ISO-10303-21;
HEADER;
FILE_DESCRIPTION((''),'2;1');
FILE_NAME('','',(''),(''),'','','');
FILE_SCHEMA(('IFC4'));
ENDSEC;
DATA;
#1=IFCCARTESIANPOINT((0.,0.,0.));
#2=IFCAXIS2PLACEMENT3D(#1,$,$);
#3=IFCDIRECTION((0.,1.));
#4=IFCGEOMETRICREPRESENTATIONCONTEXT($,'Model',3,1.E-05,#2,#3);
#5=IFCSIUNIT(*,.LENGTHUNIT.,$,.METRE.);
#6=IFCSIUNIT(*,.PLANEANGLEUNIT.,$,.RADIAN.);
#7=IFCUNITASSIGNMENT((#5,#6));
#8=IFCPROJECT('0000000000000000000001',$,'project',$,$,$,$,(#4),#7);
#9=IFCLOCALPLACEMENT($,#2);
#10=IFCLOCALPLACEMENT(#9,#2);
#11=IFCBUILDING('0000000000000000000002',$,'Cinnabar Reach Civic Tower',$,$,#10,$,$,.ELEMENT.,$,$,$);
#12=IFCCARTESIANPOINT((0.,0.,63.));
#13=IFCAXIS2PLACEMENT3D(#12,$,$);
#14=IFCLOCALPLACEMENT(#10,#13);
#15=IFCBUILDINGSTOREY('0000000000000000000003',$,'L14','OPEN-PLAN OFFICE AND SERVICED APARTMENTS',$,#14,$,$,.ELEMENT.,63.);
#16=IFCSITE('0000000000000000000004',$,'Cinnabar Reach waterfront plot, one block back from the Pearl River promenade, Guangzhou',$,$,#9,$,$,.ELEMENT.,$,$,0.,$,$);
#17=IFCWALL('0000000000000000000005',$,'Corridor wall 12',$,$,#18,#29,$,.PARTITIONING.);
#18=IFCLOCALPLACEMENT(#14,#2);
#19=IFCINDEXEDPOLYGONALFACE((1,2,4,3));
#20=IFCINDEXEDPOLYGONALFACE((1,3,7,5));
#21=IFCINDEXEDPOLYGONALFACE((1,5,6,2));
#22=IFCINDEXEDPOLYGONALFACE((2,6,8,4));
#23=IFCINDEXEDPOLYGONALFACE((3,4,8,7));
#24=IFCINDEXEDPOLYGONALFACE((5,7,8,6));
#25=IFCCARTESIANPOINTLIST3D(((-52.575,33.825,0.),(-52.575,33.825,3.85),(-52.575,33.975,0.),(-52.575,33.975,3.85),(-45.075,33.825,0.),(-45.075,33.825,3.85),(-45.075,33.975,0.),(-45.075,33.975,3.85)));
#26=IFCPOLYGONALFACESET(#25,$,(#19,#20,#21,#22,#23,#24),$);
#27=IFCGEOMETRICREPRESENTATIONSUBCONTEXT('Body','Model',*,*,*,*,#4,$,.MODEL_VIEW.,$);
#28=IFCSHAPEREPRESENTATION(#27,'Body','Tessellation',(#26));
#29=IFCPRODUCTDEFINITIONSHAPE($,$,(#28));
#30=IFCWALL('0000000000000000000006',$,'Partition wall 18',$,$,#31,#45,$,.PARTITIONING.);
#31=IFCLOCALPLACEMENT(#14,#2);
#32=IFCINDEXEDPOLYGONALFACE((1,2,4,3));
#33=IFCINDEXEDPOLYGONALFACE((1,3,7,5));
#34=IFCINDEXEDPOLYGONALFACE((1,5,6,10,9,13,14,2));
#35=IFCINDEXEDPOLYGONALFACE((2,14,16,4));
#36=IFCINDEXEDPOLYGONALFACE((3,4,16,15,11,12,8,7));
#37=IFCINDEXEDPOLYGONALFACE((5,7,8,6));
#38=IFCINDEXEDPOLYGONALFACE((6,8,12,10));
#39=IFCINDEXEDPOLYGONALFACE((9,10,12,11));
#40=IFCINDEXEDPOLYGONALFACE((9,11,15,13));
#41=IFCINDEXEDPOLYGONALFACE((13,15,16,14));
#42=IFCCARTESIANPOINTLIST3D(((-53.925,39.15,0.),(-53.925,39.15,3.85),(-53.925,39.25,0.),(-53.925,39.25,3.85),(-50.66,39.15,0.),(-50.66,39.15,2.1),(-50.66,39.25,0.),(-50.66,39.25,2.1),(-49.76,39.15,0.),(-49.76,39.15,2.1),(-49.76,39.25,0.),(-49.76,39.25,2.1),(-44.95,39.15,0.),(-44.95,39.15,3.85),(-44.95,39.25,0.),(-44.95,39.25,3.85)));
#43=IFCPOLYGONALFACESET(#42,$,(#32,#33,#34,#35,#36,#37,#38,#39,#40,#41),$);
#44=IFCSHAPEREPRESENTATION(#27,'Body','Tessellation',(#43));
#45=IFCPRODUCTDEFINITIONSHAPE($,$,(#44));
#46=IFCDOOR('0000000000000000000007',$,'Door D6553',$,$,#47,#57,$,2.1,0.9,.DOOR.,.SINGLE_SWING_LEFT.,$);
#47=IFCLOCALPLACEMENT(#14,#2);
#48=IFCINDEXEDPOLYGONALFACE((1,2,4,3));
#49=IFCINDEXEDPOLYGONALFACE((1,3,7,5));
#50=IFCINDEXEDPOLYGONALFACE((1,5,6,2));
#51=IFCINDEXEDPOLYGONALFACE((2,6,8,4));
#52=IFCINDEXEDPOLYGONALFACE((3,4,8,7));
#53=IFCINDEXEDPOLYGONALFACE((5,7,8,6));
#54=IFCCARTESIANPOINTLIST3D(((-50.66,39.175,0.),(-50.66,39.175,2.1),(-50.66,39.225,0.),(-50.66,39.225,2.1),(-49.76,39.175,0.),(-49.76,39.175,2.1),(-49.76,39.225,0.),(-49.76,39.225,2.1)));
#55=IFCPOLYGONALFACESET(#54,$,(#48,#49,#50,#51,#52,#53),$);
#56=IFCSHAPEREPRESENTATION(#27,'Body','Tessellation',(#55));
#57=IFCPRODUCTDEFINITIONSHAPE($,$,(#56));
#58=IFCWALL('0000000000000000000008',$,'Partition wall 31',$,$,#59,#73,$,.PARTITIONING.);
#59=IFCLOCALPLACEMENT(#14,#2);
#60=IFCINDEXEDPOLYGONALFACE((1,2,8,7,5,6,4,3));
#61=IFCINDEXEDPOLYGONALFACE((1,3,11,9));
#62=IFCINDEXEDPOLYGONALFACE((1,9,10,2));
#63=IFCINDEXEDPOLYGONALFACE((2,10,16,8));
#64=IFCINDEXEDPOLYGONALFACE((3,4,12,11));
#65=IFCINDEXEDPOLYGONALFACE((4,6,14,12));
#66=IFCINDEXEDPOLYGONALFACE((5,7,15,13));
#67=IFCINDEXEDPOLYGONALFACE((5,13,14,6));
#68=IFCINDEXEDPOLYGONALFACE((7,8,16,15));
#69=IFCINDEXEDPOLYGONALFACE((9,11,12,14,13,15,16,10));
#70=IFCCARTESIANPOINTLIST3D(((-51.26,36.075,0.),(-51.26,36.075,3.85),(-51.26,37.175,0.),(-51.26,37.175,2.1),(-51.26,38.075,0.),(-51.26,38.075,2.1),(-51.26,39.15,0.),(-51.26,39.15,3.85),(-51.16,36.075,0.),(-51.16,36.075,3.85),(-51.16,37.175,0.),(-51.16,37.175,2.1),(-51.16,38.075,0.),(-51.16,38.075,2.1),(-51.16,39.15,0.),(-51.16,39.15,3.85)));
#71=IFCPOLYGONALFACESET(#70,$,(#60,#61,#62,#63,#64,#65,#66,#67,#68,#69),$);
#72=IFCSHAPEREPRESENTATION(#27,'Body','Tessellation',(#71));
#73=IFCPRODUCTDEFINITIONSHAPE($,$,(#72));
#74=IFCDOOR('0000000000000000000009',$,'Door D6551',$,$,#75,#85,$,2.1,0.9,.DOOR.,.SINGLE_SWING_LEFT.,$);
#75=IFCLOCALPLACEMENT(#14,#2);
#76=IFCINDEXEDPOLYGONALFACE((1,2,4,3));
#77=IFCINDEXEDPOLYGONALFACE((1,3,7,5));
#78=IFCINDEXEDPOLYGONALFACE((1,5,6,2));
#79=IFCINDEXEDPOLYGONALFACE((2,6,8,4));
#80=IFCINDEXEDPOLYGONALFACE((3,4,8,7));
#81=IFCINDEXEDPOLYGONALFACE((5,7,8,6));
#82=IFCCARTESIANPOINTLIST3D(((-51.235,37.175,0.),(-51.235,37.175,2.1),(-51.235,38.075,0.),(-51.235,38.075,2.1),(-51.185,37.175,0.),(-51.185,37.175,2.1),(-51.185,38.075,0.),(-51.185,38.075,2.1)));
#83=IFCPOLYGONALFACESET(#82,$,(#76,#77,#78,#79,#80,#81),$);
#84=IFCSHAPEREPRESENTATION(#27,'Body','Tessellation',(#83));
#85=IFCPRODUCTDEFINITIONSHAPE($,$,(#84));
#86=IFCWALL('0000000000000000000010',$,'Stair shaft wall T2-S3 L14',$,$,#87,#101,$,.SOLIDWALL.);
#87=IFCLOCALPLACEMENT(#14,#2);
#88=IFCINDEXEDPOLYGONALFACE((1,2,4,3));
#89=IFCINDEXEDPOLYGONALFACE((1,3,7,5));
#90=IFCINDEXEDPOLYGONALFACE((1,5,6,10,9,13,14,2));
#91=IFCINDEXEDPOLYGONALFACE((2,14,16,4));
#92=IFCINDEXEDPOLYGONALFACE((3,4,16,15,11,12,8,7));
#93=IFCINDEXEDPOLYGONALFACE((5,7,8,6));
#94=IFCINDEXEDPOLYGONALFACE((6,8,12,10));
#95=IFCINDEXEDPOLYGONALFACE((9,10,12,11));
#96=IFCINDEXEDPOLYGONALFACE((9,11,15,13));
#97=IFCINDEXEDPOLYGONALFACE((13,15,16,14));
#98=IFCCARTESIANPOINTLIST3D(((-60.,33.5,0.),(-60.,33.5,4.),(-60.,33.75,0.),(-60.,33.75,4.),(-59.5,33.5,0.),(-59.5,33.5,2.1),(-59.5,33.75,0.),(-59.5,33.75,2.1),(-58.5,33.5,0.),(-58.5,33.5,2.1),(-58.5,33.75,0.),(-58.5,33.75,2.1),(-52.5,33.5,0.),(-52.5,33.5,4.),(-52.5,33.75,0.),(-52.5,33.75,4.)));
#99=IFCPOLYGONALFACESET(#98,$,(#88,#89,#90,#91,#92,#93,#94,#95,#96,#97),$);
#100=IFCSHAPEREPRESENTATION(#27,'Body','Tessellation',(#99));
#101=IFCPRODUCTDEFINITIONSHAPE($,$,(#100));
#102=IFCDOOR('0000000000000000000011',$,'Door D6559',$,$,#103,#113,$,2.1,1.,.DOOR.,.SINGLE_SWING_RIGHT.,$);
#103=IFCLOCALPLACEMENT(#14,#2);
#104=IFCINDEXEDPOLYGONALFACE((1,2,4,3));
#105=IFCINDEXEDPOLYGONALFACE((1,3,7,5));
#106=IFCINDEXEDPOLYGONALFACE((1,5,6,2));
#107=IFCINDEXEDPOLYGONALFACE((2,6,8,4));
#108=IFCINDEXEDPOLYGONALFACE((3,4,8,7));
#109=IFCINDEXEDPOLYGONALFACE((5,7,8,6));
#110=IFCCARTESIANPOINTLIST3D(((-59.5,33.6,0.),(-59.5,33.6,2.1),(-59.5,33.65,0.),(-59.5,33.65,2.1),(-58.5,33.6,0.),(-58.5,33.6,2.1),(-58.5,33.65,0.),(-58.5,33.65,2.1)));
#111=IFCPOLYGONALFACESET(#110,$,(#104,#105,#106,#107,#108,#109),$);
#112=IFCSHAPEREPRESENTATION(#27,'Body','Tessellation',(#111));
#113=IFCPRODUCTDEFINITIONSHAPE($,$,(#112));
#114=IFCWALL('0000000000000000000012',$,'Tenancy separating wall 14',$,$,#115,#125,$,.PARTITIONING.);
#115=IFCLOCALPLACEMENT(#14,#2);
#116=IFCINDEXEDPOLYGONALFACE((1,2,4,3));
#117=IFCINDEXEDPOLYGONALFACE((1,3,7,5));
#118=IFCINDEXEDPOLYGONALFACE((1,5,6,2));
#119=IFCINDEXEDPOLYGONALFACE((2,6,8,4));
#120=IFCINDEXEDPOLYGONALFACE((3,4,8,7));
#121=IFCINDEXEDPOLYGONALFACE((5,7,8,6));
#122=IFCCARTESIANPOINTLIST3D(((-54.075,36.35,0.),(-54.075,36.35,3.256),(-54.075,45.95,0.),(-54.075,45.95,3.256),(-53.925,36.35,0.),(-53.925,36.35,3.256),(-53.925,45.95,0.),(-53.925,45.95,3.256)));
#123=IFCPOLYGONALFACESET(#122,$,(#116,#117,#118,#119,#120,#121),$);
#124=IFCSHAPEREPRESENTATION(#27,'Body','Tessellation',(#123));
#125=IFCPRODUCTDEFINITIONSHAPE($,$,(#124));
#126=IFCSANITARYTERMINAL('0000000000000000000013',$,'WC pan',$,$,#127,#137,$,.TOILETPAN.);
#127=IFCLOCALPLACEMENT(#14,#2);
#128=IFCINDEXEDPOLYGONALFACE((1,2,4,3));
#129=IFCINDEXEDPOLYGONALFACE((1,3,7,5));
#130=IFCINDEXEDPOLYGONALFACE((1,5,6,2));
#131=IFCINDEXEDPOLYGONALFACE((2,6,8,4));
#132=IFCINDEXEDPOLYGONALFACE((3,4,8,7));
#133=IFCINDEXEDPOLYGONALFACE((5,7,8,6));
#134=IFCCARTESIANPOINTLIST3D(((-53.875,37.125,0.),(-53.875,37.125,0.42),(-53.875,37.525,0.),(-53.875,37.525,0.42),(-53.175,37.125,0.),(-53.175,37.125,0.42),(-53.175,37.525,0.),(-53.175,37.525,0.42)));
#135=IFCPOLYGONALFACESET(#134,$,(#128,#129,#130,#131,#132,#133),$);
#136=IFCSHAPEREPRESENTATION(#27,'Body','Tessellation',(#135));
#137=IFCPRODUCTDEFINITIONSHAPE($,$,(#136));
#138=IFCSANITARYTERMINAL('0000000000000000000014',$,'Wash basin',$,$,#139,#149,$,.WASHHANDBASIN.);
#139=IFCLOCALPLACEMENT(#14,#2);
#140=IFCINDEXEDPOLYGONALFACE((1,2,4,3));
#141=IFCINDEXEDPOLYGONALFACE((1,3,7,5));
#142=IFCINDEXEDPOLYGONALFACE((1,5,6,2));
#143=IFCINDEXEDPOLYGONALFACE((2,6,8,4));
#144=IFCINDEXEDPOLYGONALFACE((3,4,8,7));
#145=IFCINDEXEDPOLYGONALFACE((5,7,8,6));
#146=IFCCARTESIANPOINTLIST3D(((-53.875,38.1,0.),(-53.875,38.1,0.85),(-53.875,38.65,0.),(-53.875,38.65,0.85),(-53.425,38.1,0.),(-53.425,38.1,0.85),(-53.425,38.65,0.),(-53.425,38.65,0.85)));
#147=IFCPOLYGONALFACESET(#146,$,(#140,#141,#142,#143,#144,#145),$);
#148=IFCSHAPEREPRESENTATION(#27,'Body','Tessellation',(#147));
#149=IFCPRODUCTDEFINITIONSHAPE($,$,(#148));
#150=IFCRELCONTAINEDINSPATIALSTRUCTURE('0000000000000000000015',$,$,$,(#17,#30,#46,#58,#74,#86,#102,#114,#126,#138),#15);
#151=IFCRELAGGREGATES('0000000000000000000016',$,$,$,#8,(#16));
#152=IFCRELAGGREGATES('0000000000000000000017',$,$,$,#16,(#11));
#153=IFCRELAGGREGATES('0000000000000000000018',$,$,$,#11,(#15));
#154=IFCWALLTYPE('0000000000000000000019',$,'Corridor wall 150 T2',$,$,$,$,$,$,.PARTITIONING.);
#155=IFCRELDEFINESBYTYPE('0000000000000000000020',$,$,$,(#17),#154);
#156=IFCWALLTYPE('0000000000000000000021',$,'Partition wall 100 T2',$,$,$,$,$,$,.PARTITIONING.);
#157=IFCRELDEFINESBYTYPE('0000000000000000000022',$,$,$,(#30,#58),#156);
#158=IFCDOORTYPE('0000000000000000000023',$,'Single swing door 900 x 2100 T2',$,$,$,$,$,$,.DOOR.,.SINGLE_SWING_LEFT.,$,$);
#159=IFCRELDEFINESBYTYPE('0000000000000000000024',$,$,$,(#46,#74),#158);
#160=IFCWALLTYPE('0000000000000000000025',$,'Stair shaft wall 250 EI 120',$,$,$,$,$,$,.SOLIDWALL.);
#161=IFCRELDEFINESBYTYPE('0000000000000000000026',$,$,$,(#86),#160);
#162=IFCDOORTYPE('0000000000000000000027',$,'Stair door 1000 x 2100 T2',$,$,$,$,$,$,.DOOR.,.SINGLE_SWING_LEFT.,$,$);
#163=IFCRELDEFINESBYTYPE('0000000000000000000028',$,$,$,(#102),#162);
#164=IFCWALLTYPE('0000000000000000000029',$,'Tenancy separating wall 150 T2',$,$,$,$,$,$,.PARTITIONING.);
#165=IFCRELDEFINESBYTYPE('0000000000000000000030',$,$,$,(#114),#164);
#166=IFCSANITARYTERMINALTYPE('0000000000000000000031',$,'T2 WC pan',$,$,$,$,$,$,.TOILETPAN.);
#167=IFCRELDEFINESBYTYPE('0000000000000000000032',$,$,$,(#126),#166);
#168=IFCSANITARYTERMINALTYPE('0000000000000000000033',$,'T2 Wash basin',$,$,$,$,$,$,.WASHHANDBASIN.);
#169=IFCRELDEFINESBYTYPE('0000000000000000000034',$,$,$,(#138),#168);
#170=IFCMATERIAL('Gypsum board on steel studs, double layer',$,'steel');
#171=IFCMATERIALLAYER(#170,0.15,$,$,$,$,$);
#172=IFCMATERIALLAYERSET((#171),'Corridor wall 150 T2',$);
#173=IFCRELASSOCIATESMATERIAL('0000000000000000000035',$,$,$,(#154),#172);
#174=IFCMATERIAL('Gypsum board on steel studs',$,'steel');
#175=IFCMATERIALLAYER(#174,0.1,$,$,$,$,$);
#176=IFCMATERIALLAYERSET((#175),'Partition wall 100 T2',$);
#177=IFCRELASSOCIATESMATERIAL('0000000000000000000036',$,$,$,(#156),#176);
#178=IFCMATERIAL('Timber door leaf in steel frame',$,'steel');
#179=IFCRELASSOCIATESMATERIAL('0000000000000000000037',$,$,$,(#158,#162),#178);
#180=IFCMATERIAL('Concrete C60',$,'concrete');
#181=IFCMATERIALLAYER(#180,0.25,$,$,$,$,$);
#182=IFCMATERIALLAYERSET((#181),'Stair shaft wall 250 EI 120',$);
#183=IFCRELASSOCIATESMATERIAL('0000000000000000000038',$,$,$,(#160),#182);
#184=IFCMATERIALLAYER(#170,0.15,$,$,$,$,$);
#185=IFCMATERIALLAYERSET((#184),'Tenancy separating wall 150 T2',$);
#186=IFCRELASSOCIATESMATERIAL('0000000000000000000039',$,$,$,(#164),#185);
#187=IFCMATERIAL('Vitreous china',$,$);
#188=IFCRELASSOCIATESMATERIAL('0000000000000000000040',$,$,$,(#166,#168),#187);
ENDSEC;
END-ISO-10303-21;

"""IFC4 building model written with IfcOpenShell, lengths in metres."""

from ifc_helpers import new_model, si_unit, direction, frame, frame_2d, origin, origin_2d, place, context, subcontext, project, spatial, rectangle, extrude, material, layer, layer_set, type_object, element, fill, save


model = new_model("IFC4")

# Units and contexts
model_context = context("Model", 3, precision=1e-05, world=origin(), true_north=direction((0.0, 1.0)))
body_context = subcontext(model_context, "Body", "Model", "MODEL_VIEW")
ifc_project = project(units=[si_unit("LENGTHUNIT", "METRE"), si_unit("PLANEANGLEUNIT", "RADIAN")], contexts=[model_context])

# Site, building, storey
site_placement = place(None, origin())
site = spatial("IfcSite", under=ifc_project, at=site_placement, Name="Cinnabar Reach waterfront plot, one block back from the Pearl River promenade, Guangzhou", CompositionType="ELEMENT", RefElevation=0.0)
building_placement = place(site_placement, origin())
building = spatial("IfcBuilding", under=site, at=building_placement, Name="Cinnabar Reach Civic Tower", CompositionType="ELEMENT")
storey_placement = place(building_placement, frame((0.0, 0.0, 63.0)))
storey = spatial("IfcBuildingStorey", under=building, at=storey_placement, Name="L14", Description="OPEN-PLAN OFFICE AND SERVICED APARTMENTS", CompositionType="ELEMENT", Elevation=63.0)

# Shared definitions
ifc_material_1 = material(Name="Concrete C60", Category="concrete")

# Shared definitions
ifc_material_2 = material(Name="Gypsum board on steel studs, double layer", Category="steel")
ifc_layer_1 = layer(ifc_material_2, 0.15)
ifc_layer_set_1 = layer_set([ifc_layer_1], Name="Corridor wall 150 T2")
wall_type_1 = type_object("IfcWallType", Name="Corridor wall 150 T2", PredefinedType="PARTITIONING", material=ifc_layer_set_1)
ifc_material_3 = material(Name="Timber door leaf in steel frame", Category="steel")

# Wall
wall_1_placement = place(storey_placement, frame((-52.575, 33.9, 0.0), z_axis=(0.0, 0.0, 1.0), x_axis=(1.0, 0.0, 0.0)))
element("IfcWall", 1, at=wall_1_placement, inside=storey, type_object=wall_type_1, Name="Corridor wall 12", PredefinedType="PARTITIONING", context=body_context, shape_type="SweptSolid", body=[
    extrude(rectangle(XDim=7.5, YDim=0.15, at=frame_2d((3.75, 0.0))), origin(), (0.0, 0.0, 1.0), 3.85),
])

# Walls, openings, doors
ifc_material_4 = material(Name="Gypsum board on steel studs", Category="steel")
ifc_layer_2 = layer(ifc_material_4, 0.1)
ifc_layer_set_2 = layer_set([ifc_layer_2], Name="Partition wall 100 T2")
wall_type_2 = type_object("IfcWallType", Name="Partition wall 100 T2", PredefinedType="PARTITIONING", material=ifc_layer_set_2)
wall_2_placement = place(storey_placement, frame((-53.925, 39.2, 0.0), z_axis=(0.0, 0.0, 1.0), x_axis=(1.0, 0.0, 0.0)))
wall_2 = element("IfcWall", 2, at=wall_2_placement, inside=storey, type_object=wall_type_2, Name="Partition wall 18", PredefinedType="PARTITIONING", context=body_context, shape_type="SweptSolid", body=[
    extrude(rectangle(XDim=8.975, YDim=0.1, at=frame_2d((4.4875, 0.0))), origin(), (0.0, 0.0, 1.0), 3.85),
])
opening_1_placement = place(wall_2_placement, frame((3.265, 0.0, 0.0)))
opening_1 = element("IfcOpeningElement", 3, at=opening_1_placement, cuts=wall_2, PredefinedType="OPENING", context=body_context, shape_type="SweptSolid", body=[
    extrude(rectangle(XDim=0.9, YDim=2.1, at=frame_2d((0.45, 1.05))), frame((0.0, 0.06, 0.0), z_axis=(0.0, -1.0, 0.0), x_axis=(1.0, 0.0, 0.0)), (0.0, 0.0, 1.0), 0.12),
])
door_type_1 = type_object("IfcDoorType", Name="Single swing door 900 x 2100 T2", OperationType="SINGLE_SWING_LEFT", PredefinedType="DOOR", material=ifc_material_3)
door_1_placement = place(opening_1_placement, frame((0.9, 0.0, 0.0), z_axis=(0.0, 0.0, 1.0), x_axis=(-1.0, 0.0, 0.0)))
door_1 = element("IfcDoor", 4, at=door_1_placement, inside=storey, type_object=door_type_1, Name="Door D6553", OperationType="SINGLE_SWING_LEFT", OverallHeight=2.1, OverallWidth=0.9, PredefinedType="DOOR", context=body_context, shape_type="SweptSolid", body=[
    extrude(rectangle(XDim=0.9, YDim=2.1, at=frame_2d((0.45, 1.05))), frame((0.0, 0.025, 0.0), z_axis=(0.0, -1.0, 0.0), x_axis=(1.0, 0.0, 0.0)), (0.0, 0.0, 1.0), 0.05),
])
fill(opening_1, door_1)
wall_3_placement = place(storey_placement, frame((-51.21, 36.075, 0.0), z_axis=(0.0, 0.0, 1.0), x_axis=(0.0, 1.0, 0.0)))
wall_3 = element("IfcWall", 5, at=wall_3_placement, inside=storey, type_object=wall_type_2, Name="Partition wall 31", PredefinedType="PARTITIONING", context=body_context, shape_type="SweptSolid", body=[
    extrude(rectangle(XDim=3.075, YDim=0.1, at=frame_2d((1.5375, 0.0))), origin(), (0.0, 0.0, 1.0), 3.85),
])
opening_2_placement = place(wall_3_placement, frame((1.1, 0.0, 0.0)))
opening_2 = element("IfcOpeningElement", 6, at=opening_2_placement, cuts=wall_3, PredefinedType="OPENING", context=body_context, shape_type="SweptSolid", body=[
    extrude(rectangle(XDim=0.9, YDim=2.1, at=frame_2d((0.45, 1.05))), frame((0.0, 0.06, 0.0), z_axis=(0.0, -1.0, 0.0), x_axis=(1.0, 0.0, 0.0)), (0.0, 0.0, 1.0), 0.12),
])
door_2_placement = place(opening_2_placement, origin())
door_2 = element("IfcDoor", 7, at=door_2_placement, inside=storey, type_object=door_type_1, Name="Door D6551", OperationType="SINGLE_SWING_LEFT", OverallHeight=2.1, OverallWidth=0.9, PredefinedType="DOOR", context=body_context, shape_type="SweptSolid", body=[
    extrude(rectangle(XDim=0.9, YDim=2.1, at=frame_2d((0.45, 1.05))), frame((0.0, 0.025, 0.0), z_axis=(0.0, -1.0, 0.0), x_axis=(1.0, 0.0, 0.0)), (0.0, 0.0, 1.0), 0.05),
])
fill(opening_2, door_2)
ifc_layer_3 = layer(ifc_material_1, 0.25)
ifc_layer_set_3 = layer_set([ifc_layer_3], Name="Stair shaft wall 250 EI 120")
wall_type_3 = type_object("IfcWallType", Name="Stair shaft wall 250 EI 120", PredefinedType="SOLIDWALL", material=ifc_layer_set_3)
wall_4_placement = place(storey_placement, frame((-52.5, 33.625, 0.0), z_axis=(0.0, 0.0, 1.0), x_axis=(-1.0, 0.0, 0.0)))
wall_4 = element("IfcWall", 8, at=wall_4_placement, inside=storey, type_object=wall_type_3, Name="Stair shaft wall T2-S3 L14", PredefinedType="SOLIDWALL", context=body_context, shape_type="SweptSolid", body=[
    extrude(rectangle(XDim=7.5, YDim=0.25, at=frame_2d((3.75, 0.0))), origin(), (0.0, 0.0, 1.0), 4.0),
])
opening_3_placement = place(wall_4_placement, frame((6.0, 0.0, 0.0)))
opening_3 = element("IfcOpeningElement", 9, at=opening_3_placement, cuts=wall_4, PredefinedType="OPENING", context=body_context, shape_type="SweptSolid", body=[
    extrude(rectangle(XDim=1.0, YDim=2.1, at=frame_2d((0.5, 1.05))), frame((0.0, 0.135, 0.0), z_axis=(0.0, -1.0, 0.0), x_axis=(1.0, 0.0, 0.0)), (0.0, 0.0, 1.0), 0.27),
])
door_type_2 = type_object("IfcDoorType", Name="Stair door 1000 x 2100 T2", OperationType="SINGLE_SWING_LEFT", PredefinedType="DOOR", material=ifc_material_3)
door_3_placement = place(opening_3_placement, origin())
door_3 = element("IfcDoor", 10, at=door_3_placement, inside=storey, type_object=door_type_2, Name="Door D6559", OperationType="SINGLE_SWING_RIGHT", OverallHeight=2.1, OverallWidth=1.0, PredefinedType="DOOR", context=body_context, shape_type="SweptSolid", body=[
    extrude(rectangle(XDim=1.0, YDim=2.1, at=frame_2d((0.5, 1.05))), frame((0.0, 0.025, 0.0), z_axis=(0.0, -1.0, 0.0), x_axis=(1.0, 0.0, 0.0)), (0.0, 0.0, 1.0), 0.05),
])
fill(opening_3, door_3)

# Wall
ifc_layer_4 = layer(ifc_material_2, 0.15)
ifc_layer_set_4 = layer_set([ifc_layer_4], Name="Tenancy separating wall 150 T2")
wall_type_4 = type_object("IfcWallType", Name="Tenancy separating wall 150 T2", PredefinedType="PARTITIONING", material=ifc_layer_set_4)
wall_5_placement = place(storey_placement, frame((-54.0, 36.35, 0.0), z_axis=(0.0, 0.0, 1.0), x_axis=(0.0, 1.0, 0.0)))
element("IfcWall", 11, at=wall_5_placement, inside=storey, type_object=wall_type_4, Name="Tenancy separating wall 14", PredefinedType="PARTITIONING", context=body_context, shape_type="SweptSolid", body=[
    extrude(rectangle(XDim=9.6, YDim=0.15, at=frame_2d((4.8, 0.0))), origin(), (0.0, 0.0, 1.0), 3.256),
])

# Sanitary terminals
ifc_material_5 = material(Name="Vitreous china")
sanitary_terminal_type_1 = type_object("IfcSanitaryTerminalType", Name="T2 WC pan", PredefinedType="TOILETPAN", material=ifc_material_5)
sanitary_terminal_1_placement = place(storey_placement, frame((-53.525, 37.325, 0.0), z_axis=(0.0, 0.0, 1.0), x_axis=(1.0, 0.0, 0.0)))
element("IfcSanitaryTerminal", 12, at=sanitary_terminal_1_placement, inside=storey, type_object=sanitary_terminal_type_1, Name="WC pan", PredefinedType="TOILETPAN", context=body_context, shape_type="SweptSolid", body=[
    extrude(rectangle(XDim=0.7, YDim=0.4, at=origin_2d()), origin(), (0.0, 0.0, 1.0), 0.42),
])
sanitary_terminal_type_2 = type_object("IfcSanitaryTerminalType", Name="T2 Wash basin", PredefinedType="WASHHANDBASIN", material=ifc_material_5)
sanitary_terminal_2_placement = place(storey_placement, frame((-53.65, 38.375, 0.0), z_axis=(0.0, 0.0, 1.0), x_axis=(1.0, 0.0, 0.0)))
element("IfcSanitaryTerminal", 13, at=sanitary_terminal_2_placement, inside=storey, type_object=sanitary_terminal_type_2, Name="Wash basin", PredefinedType="WASHHANDBASIN", context=body_context, shape_type="SweptSolid", body=[
    extrude(rectangle(XDim=0.45, YDim=0.55, at=origin_2d()), origin(), (0.0, 0.0, 1.0), 0.85),
])

save(model, "model.ifc")
